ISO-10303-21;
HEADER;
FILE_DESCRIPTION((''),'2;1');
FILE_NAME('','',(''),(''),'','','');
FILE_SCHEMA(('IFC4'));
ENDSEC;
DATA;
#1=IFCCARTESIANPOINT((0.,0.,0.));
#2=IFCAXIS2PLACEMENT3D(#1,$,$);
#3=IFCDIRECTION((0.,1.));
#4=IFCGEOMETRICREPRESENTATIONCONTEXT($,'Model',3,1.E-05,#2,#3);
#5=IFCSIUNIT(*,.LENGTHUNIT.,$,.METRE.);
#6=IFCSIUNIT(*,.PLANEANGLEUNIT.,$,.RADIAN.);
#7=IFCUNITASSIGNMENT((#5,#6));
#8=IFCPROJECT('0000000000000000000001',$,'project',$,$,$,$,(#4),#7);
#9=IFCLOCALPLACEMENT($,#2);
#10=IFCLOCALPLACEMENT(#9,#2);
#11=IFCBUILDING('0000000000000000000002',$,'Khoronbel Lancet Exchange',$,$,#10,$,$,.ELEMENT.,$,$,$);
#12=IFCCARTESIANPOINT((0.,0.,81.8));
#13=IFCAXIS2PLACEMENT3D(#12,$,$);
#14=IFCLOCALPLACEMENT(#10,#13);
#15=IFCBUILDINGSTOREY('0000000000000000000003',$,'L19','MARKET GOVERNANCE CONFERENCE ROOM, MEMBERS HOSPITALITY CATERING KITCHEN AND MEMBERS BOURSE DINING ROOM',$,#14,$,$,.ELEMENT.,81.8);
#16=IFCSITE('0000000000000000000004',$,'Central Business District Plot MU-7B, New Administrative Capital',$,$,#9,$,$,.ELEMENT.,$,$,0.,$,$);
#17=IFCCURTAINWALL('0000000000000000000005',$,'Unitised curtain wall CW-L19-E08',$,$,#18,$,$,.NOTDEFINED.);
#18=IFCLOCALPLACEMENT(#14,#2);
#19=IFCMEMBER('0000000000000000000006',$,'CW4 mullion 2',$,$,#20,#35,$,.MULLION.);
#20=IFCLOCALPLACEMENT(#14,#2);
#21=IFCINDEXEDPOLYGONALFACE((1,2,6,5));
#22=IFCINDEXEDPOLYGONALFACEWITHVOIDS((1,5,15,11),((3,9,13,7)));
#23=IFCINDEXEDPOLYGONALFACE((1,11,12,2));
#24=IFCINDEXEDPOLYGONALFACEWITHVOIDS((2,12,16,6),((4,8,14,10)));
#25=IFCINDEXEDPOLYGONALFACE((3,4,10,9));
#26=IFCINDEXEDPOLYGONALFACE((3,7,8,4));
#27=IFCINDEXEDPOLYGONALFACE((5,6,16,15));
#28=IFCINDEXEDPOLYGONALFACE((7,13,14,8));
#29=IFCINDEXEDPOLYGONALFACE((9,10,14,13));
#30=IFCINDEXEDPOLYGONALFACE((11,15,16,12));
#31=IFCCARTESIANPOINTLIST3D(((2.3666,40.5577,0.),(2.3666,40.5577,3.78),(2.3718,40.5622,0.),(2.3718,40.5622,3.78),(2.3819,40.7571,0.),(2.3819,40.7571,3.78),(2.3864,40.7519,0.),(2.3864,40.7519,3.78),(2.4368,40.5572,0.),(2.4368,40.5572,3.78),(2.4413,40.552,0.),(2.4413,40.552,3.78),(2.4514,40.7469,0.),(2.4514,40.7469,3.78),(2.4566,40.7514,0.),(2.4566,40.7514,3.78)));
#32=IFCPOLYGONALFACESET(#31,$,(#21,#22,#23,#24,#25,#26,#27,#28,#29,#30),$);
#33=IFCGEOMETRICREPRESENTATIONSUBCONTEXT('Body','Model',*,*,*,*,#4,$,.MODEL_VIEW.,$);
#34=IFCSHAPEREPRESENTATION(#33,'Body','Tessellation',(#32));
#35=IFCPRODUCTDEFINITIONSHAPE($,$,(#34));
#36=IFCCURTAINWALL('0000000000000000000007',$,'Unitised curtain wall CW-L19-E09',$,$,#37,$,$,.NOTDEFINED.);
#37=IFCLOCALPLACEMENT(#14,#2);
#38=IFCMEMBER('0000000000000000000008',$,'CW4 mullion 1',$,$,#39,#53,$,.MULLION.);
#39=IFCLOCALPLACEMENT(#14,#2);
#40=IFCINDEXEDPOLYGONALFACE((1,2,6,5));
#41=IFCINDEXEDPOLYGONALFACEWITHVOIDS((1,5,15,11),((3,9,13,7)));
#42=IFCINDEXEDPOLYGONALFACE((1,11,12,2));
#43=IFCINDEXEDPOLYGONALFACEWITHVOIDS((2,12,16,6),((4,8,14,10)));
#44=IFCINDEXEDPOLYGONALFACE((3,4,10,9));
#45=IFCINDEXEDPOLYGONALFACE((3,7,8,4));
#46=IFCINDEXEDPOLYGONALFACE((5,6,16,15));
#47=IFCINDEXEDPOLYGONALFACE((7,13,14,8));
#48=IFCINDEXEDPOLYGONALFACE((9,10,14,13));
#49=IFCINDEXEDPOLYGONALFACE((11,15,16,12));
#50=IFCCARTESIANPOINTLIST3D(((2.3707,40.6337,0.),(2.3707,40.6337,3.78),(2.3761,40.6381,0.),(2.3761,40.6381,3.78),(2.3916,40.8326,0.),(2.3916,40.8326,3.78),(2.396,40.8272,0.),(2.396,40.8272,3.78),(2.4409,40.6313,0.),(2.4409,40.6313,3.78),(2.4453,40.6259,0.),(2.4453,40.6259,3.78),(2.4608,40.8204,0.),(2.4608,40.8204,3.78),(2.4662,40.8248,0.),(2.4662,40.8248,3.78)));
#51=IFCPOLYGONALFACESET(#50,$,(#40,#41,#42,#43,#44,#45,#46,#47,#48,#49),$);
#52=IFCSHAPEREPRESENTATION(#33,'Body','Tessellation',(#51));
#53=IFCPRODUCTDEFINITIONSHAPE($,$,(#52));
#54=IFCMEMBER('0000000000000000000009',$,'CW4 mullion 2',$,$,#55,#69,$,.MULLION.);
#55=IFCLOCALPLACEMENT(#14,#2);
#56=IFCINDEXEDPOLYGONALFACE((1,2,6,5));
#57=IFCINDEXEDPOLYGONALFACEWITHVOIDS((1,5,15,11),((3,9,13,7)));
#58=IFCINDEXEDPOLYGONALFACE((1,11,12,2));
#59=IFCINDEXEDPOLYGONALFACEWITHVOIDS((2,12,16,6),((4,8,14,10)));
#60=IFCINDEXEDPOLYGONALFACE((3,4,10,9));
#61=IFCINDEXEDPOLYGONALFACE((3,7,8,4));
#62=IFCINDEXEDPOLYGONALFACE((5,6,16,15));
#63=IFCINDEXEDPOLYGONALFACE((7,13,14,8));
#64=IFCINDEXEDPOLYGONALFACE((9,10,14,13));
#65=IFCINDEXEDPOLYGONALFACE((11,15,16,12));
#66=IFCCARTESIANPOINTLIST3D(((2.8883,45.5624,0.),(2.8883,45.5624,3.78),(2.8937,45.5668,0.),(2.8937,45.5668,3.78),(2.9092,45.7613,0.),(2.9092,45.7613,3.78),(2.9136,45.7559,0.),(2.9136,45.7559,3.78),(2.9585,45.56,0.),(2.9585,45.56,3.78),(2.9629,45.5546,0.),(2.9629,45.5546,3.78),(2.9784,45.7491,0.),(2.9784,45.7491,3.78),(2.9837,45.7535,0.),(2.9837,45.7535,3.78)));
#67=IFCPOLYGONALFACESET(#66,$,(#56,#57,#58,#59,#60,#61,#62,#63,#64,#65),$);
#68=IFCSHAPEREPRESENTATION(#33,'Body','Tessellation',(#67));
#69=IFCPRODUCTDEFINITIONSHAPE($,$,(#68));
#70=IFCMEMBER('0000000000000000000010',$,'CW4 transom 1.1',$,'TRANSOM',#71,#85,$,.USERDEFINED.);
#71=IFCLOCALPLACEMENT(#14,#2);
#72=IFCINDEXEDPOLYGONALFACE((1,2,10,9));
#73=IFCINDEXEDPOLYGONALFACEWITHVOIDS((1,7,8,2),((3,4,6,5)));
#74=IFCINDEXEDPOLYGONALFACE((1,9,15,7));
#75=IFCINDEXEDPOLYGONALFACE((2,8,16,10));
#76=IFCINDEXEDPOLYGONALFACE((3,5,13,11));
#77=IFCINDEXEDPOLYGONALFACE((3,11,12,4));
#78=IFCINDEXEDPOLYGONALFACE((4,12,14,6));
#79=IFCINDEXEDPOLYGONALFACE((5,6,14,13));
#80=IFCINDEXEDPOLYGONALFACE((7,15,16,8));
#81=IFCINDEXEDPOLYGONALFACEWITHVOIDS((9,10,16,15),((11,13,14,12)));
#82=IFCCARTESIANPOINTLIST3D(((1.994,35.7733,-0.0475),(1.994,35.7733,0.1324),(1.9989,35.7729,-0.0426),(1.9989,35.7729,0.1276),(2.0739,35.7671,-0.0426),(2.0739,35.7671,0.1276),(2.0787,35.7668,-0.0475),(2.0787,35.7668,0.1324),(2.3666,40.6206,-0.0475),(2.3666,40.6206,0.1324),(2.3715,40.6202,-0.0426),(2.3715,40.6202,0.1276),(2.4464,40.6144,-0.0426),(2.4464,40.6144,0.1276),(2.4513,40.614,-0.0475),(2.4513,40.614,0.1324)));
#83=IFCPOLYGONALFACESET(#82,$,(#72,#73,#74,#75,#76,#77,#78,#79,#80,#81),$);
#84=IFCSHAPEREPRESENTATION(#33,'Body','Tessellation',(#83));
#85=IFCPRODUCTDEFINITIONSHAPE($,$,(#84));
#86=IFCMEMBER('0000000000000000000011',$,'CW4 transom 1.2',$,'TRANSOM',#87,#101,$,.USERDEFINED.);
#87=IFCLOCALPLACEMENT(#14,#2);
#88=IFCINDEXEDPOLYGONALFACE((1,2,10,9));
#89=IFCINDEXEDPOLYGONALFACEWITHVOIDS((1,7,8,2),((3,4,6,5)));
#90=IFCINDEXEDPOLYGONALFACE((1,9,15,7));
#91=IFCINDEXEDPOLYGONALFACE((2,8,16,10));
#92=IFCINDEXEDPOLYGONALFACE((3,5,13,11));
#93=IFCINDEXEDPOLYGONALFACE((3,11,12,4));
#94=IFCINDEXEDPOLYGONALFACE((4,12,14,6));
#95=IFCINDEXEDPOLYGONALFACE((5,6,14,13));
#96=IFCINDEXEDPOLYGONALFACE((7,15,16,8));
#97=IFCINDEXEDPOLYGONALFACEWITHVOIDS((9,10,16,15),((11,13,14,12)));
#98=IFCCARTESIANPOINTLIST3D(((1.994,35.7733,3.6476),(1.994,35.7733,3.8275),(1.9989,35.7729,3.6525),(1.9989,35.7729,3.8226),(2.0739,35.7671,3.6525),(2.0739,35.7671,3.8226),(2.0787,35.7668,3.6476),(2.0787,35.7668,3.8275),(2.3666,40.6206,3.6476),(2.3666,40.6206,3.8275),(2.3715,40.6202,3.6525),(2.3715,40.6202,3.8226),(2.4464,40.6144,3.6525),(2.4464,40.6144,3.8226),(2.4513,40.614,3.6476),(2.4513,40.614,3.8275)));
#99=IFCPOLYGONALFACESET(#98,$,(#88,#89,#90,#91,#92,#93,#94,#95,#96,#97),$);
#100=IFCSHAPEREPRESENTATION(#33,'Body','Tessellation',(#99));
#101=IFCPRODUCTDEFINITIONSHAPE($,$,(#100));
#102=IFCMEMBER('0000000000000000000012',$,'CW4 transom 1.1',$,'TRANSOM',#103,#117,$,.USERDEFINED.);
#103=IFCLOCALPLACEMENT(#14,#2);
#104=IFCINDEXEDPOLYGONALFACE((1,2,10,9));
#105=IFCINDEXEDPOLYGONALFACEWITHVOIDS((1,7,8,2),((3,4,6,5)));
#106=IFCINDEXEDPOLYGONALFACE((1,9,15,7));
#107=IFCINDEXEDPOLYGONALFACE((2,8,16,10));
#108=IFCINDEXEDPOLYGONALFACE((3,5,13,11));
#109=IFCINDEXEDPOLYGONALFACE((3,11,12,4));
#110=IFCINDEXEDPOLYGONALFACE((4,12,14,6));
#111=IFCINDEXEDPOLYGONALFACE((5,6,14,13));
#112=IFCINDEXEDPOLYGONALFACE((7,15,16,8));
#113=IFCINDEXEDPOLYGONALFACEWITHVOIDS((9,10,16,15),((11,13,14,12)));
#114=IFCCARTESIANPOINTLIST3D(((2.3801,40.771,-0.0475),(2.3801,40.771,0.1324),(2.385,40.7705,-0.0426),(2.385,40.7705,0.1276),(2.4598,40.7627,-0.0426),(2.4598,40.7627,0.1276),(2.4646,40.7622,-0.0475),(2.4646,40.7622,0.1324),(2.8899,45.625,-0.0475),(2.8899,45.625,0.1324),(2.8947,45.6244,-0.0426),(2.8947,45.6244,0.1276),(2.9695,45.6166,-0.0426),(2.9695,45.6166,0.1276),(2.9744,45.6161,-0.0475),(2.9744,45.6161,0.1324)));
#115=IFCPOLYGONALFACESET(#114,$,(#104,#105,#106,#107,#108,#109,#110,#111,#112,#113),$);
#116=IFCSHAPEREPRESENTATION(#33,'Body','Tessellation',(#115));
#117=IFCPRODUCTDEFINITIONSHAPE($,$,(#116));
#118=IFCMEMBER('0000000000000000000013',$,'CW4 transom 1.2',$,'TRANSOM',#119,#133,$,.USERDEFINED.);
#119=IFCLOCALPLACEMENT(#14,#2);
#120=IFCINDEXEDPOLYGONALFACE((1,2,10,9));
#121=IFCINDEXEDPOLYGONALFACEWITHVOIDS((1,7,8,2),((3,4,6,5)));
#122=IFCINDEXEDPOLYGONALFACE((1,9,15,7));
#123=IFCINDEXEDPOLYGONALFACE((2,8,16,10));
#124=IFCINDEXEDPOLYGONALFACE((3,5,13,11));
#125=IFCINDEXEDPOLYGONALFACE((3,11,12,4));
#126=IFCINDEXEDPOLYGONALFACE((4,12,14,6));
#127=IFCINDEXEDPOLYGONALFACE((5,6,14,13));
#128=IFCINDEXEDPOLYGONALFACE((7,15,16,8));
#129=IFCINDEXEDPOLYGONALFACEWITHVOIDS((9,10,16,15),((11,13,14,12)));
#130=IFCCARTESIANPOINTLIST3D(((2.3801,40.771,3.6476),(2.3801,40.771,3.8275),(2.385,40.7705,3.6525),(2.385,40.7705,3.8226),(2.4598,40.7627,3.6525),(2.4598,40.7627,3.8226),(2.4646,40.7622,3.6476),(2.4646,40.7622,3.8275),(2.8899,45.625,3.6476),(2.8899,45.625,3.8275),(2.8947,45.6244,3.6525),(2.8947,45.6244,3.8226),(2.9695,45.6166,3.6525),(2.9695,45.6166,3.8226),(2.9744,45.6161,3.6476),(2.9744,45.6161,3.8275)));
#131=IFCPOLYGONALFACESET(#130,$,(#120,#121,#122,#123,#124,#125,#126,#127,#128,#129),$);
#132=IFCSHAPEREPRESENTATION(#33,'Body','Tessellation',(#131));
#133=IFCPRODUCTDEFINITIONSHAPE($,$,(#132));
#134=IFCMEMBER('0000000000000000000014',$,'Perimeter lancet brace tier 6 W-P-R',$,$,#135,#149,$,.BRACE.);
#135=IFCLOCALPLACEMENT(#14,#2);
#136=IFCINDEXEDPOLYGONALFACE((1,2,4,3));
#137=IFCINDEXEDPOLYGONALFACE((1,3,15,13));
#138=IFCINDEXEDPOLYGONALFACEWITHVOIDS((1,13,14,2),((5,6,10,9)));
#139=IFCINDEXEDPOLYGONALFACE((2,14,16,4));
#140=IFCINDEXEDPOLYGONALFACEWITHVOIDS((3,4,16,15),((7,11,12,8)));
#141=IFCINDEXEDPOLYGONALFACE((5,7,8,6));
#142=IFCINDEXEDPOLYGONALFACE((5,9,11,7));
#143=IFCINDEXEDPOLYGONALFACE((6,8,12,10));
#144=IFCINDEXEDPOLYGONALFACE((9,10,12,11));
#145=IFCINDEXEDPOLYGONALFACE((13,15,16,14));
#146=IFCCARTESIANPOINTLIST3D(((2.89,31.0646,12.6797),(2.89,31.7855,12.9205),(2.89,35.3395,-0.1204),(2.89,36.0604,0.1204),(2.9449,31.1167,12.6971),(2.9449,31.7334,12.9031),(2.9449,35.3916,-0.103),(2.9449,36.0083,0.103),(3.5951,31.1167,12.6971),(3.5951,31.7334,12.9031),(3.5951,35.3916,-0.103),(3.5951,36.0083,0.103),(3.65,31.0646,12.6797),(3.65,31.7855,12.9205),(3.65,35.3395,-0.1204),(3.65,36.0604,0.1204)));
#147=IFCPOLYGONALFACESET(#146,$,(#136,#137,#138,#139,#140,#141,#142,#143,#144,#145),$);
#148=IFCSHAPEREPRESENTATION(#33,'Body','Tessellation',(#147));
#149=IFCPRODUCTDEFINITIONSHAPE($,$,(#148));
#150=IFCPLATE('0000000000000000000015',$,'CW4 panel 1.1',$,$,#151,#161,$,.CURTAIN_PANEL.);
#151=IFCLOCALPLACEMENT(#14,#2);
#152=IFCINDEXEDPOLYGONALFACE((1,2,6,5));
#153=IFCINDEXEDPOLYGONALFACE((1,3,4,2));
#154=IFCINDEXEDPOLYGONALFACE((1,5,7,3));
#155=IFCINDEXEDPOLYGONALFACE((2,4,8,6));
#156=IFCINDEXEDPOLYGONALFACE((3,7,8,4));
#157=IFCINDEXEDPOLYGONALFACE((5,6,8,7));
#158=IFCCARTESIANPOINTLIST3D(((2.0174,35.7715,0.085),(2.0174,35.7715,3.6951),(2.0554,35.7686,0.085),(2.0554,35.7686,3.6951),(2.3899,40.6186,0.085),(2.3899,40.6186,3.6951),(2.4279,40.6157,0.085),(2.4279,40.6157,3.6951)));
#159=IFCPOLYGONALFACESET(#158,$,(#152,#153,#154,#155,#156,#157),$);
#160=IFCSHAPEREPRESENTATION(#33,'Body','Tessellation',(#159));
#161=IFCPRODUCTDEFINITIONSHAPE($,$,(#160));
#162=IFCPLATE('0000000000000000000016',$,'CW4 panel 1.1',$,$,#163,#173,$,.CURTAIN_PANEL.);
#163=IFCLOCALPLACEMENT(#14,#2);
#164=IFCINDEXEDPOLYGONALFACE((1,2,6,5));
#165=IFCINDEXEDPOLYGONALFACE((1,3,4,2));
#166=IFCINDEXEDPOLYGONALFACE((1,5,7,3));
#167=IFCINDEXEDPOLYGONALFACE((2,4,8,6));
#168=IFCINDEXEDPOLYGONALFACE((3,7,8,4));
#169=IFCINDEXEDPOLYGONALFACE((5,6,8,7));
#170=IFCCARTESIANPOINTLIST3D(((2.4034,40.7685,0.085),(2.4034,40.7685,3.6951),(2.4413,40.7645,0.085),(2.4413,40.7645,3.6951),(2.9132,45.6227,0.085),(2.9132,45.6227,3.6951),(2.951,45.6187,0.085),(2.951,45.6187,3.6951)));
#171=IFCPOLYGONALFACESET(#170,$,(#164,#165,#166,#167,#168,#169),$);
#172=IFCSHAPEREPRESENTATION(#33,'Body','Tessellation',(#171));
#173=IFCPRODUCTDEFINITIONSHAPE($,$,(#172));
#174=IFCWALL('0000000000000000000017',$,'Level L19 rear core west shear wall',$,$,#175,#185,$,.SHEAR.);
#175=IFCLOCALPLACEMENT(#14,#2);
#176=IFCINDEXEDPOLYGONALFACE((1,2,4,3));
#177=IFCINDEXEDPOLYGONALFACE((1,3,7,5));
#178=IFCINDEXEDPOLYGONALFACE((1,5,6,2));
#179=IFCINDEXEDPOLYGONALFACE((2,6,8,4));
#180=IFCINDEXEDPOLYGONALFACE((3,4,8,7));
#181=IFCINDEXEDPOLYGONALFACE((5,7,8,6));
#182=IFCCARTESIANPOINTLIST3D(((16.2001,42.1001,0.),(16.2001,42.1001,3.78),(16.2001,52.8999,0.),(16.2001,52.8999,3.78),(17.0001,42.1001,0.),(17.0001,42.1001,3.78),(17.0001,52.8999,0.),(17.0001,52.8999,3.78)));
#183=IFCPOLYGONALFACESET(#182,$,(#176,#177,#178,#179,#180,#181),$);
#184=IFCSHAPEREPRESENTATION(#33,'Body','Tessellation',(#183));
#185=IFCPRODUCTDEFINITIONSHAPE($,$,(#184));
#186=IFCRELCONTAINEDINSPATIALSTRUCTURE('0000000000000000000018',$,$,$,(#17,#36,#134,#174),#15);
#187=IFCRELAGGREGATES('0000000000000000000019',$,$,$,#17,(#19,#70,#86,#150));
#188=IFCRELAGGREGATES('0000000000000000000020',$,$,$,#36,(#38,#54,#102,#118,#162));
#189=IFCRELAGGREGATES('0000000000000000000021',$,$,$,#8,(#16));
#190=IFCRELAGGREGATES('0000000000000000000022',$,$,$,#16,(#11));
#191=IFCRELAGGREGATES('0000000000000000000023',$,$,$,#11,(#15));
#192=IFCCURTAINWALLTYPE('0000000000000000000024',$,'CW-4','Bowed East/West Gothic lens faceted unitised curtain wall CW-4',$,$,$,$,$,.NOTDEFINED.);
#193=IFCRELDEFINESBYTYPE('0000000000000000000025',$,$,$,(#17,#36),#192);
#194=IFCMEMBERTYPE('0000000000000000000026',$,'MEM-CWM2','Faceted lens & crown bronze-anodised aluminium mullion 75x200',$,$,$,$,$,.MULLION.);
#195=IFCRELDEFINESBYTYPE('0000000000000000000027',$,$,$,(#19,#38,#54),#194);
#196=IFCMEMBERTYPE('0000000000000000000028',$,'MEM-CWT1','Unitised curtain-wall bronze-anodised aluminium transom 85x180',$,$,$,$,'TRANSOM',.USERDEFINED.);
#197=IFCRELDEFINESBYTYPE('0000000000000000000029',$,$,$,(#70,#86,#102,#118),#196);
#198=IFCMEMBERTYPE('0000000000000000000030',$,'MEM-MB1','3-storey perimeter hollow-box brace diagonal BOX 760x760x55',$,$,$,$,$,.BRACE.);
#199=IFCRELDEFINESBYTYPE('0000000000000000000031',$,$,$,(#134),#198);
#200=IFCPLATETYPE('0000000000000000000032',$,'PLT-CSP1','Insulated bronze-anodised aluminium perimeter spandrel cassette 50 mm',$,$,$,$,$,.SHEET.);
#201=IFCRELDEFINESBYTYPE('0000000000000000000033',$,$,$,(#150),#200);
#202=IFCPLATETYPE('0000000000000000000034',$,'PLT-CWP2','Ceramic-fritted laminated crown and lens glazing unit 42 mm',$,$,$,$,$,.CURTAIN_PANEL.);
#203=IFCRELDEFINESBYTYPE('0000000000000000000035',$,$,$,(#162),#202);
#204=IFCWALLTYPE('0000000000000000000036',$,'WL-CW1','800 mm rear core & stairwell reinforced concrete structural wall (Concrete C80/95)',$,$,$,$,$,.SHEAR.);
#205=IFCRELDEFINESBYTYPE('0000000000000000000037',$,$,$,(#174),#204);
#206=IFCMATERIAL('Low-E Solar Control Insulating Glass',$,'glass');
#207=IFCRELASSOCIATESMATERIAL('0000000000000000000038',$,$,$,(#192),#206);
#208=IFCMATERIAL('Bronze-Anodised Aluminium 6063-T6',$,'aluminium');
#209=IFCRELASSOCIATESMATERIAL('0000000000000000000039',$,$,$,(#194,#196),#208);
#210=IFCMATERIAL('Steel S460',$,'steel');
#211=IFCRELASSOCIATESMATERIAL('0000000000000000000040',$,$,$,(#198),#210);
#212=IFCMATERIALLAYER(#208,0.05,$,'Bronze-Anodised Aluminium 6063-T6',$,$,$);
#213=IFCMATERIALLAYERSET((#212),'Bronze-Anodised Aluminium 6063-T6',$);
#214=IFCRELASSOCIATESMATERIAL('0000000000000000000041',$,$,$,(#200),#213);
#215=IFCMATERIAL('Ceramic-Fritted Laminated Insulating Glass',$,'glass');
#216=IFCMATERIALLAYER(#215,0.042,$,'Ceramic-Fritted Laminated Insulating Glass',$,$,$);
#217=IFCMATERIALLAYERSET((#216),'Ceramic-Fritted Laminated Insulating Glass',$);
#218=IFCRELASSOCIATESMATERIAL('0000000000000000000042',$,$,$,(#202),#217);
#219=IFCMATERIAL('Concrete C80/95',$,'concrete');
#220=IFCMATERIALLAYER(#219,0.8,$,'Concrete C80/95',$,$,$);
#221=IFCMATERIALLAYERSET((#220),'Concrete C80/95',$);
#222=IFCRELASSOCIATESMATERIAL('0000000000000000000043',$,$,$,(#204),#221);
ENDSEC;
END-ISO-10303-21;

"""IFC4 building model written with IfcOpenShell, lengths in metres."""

from ifc_helpers import new_model, si_unit, direction, frame, frame_2d, origin, origin_2d, place, context, subcontext, project, spatial, rectangle, hollow_rectangle, extrude, material, layer, layer_set, material_profile, profile_set, type_object, element, aggregate, save


model = new_model("IFC4")

# Units and contexts
model_context = context("Model", 3, precision=1e-05, world=origin(), true_north=direction((0.0, 1.0)))
body_context = subcontext(model_context, "Body", "Model", "MODEL_VIEW")
ifc_project = project(units=[si_unit("LENGTHUNIT", "METRE"), si_unit("PLANEANGLEUNIT", "RADIAN")], contexts=[model_context])

# Site, building, storey
site_placement = place(None, origin())
site = spatial("IfcSite", under=ifc_project, at=site_placement, Name="Central Business District Plot MU-7B, New Administrative Capital", CompositionType="ELEMENT", RefElevation=0.0)
building_placement = place(site_placement, origin())
building = spatial("IfcBuilding", under=site, at=building_placement, Name="Khoronbel Lancet Exchange", CompositionType="ELEMENT")
storey_placement = place(building_placement, frame((0.0, 0.0, 81.8)))
storey = spatial("IfcBuildingStorey", under=building, at=storey_placement, Name="L19", Description="MARKET GOVERNANCE CONFERENCE ROOM, MEMBERS HOSPITALITY CATERING KITCHEN AND MEMBERS BOURSE DINING ROOM", CompositionType="ELEMENT", Elevation=81.8)

# Shared definitions
ifc_material_1 = material(Name="Steel S460", Category="steel")

# Shared definitions
ifc_material_2 = material(Name="Low-E Solar Control Insulating Glass", Category="glass")
curtain_wall_type = type_object("IfcCurtainWallType", Name="CW-4", Description="Bowed East/West Gothic lens faceted unitised curtain wall CW-4", PredefinedType="NOTDEFINED", material=ifc_material_2)
ifc_material_3 = material(Name="Bronze-Anodised Aluminium 6063-T6", Category="aluminium")
ifc_material_profile_1 = material_profile(ifc_material_3, hollow_rectangle(XDim=0.075, YDim=0.2, WallThickness=0.0049, at=origin_2d()), Name="ALU MULLION 75x200")
ifc_profile_set_1 = profile_set([ifc_material_profile_1], Name="Bronze-Anodised Aluminium 6063-T6")
member_type_1 = type_object("IfcMemberType", Name="MEM-CWM2", Description="Faceted lens & crown bronze-anodised aluminium mullion 75x200", PredefinedType="MULLION", material=ifc_profile_set_1)

# Curtain walls, members
curtain_wall_1_placement = place(storey_placement, origin())
curtain_wall_1 = element("IfcCurtainWall", 1, at=curtain_wall_1_placement, inside=storey, type_object=curtain_wall_type, Name="Unitised curtain wall CW-L19-E08", PredefinedType="NOTDEFINED")
member_1_placement = place(storey_placement, frame((2.4116, 40.6545, 0.0), z_axis=(0.0, 0.0, 1.0), x_axis=(-0.99706, 0.076626, 0.0)))
member_1 = element("IfcMember", 2, at=member_1_placement, type_object=member_type_1, Name="CW4 mullion 2", PredefinedType="MULLION", context=body_context, shape_type="SweptSolid", body=[
    extrude(hollow_rectangle(XDim=0.075, YDim=0.2, WallThickness=0.0049, at=origin_2d()), origin(), (0.0, 0.0, 1.0), 3.78),
])
curtain_wall_2_placement = place(storey_placement, origin())
curtain_wall_2 = element("IfcCurtainWall", 3, at=curtain_wall_2_placement, inside=storey, type_object=curtain_wall_type, Name="Unitised curtain wall CW-L19-E09", PredefinedType="NOTDEFINED")
member_2_placement = place(storey_placement, frame((2.4185, 40.7292, 0.0), z_axis=(0.0, 0.0, 1.0), x_axis=(-0.994532, 0.104434, 0.0)))
member_2 = element("IfcMember", 4, at=member_2_placement, type_object=member_type_1, Name="CW4 mullion 1", PredefinedType="MULLION", context=body_context, shape_type="SweptSolid", body=[
    extrude(hollow_rectangle(XDim=0.075, YDim=0.2, WallThickness=0.0049, at=origin_2d()), origin(), (0.0, 0.0, 1.0), 3.78),
])
member_3_placement = place(storey_placement, frame((2.936, 45.658, 0.0), z_axis=(0.0, 0.0, 1.0), x_axis=(-0.994532, 0.104434, 0.0)))
member_3 = element("IfcMember", 5, at=member_3_placement, type_object=member_type_1, Name="CW4 mullion 2", PredefinedType="MULLION", context=body_context, shape_type="SweptSolid", body=[
    extrude(hollow_rectangle(XDim=0.075, YDim=0.2, WallThickness=0.0049, at=origin_2d()), origin(), (0.0, 0.0, 1.0), 3.78),
])

# Members
ifc_material_profile_2 = material_profile(ifc_material_3, hollow_rectangle(XDim=0.085, YDim=0.1799, WallThickness=0.0049, at=origin_2d()), Name="ALU TRANSOM 85x180")
ifc_profile_set_2 = profile_set([ifc_material_profile_2], Name="Bronze-Anodised Aluminium 6063-T6")
member_type_2 = type_object("IfcMemberType", Name="MEM-CWT1", Description="Unitised curtain-wall bronze-anodised aluminium transom 85x180", ElementType="TRANSOM", PredefinedType="USERDEFINED", material=ifc_profile_set_2)
member_4_placement = place(storey_placement, frame((2.0364, 35.77, 0.0425), z_axis=(0.076635, 0.997059, 0.0), x_axis=(-0.997059, 0.076635, 0.0)))
member_4 = element("IfcMember", 6, at=member_4_placement, type_object=member_type_2, Name="CW4 transom 1.1", ObjectType="TRANSOM", PredefinedType="USERDEFINED", context=body_context, shape_type="SweptSolid", body=[
    extrude(hollow_rectangle(XDim=0.085, YDim=0.1799, WallThickness=0.0049, at=origin_2d()), origin(), (0.0, 0.0, 1.0), 4.8616),
])
member_5_placement = place(storey_placement, frame((2.0364, 35.77, 3.7375), z_axis=(0.076635, 0.997059, 0.0), x_axis=(-0.997059, 0.076635, 0.0)))
member_5 = element("IfcMember", 7, at=member_5_placement, type_object=member_type_2, Name="CW4 transom 1.2", ObjectType="TRANSOM", PredefinedType="USERDEFINED", context=body_context, shape_type="SweptSolid", body=[
    extrude(hollow_rectangle(XDim=0.085, YDim=0.1799, WallThickness=0.0049, at=origin_2d()), origin(), (0.0, 0.0, 1.0), 4.8616),
])
member_6_placement = place(storey_placement, frame((2.4224, 40.7666, 0.0425), z_axis=(0.104445, 0.994531, 0.0), x_axis=(-0.994531, 0.104445, 0.0)))
member_6 = element("IfcMember", 8, at=member_6_placement, type_object=member_type_2, Name="CW4 transom 1.1", ObjectType="TRANSOM", PredefinedType="USERDEFINED", context=body_context, shape_type="SweptSolid", body=[
    extrude(hollow_rectangle(XDim=0.085, YDim=0.1799, WallThickness=0.0049, at=origin_2d()), origin(), (0.0, 0.0, 1.0), 4.8806),
])
member_7_placement = place(storey_placement, frame((2.4224, 40.7666, 3.7375), z_axis=(0.104445, 0.994531, 0.0), x_axis=(-0.994531, 0.104445, 0.0)))
member_7 = element("IfcMember", 9, at=member_7_placement, type_object=member_type_2, Name="CW4 transom 1.2", ObjectType="TRANSOM", PredefinedType="USERDEFINED", context=body_context, shape_type="SweptSolid", body=[
    extrude(hollow_rectangle(XDim=0.085, YDim=0.1799, WallThickness=0.0049, at=origin_2d()), origin(), (0.0, 0.0, 1.0), 4.8806),
])
ifc_material_profile_3 = material_profile(ifc_material_1, hollow_rectangle(XDim=0.76, YDim=0.76, WallThickness=0.0549, at=origin_2d()), Name="BOX 760x760x55")
ifc_profile_set_3 = profile_set([ifc_material_profile_3], Name="Steel S460")
member_type_3 = type_object("IfcMemberType", Name="MEM-MB1", Description="3-storey perimeter hollow-box brace diagonal BOX 760x760x55", PredefinedType="BRACE", material=ifc_profile_set_3)
member_8_placement = place(storey_placement, frame((3.27, 35.7, 0.0), z_axis=(0.0, -0.316776, 0.9485), x_axis=(1.0, 0.0, 0.0)))
element("IfcMember", 10, at=member_8_placement, inside=storey, type_object=member_type_3, Name="Perimeter lancet brace tier 6 W-P-R", PredefinedType="BRACE", context=body_context, shape_type="SweptSolid", body=[
    extrude(hollow_rectangle(XDim=0.76, YDim=0.76, WallThickness=0.0549, at=origin_2d()), origin(), (0.0, 0.0, 1.0), 13.4951),
])

# Plates
ifc_layer_1 = layer(ifc_material_3, 0.05, Name="Bronze-Anodised Aluminium 6063-T6")
ifc_layer_set_1 = layer_set([ifc_layer_1], Name="Bronze-Anodised Aluminium 6063-T6")
plate_type_1 = type_object("IfcPlateType", Name="PLT-CSP1", Description="Insulated bronze-anodised aluminium perimeter spandrel cassette 50 mm", PredefinedType="SHEET", material=ifc_layer_set_1)
plate_1_placement = place(storey_placement, frame((2.2227, 38.1936, 0.085), z_axis=(0.0, 0.0, 1.0), x_axis=(0.076626, 0.99706, 0.0)))
plate_1 = element("IfcPlate", 11, at=plate_1_placement, type_object=plate_type_1, Name="CW4 panel 1.1", PredefinedType="CURTAIN_PANEL", context=body_context, shape_type="SweptSolid", body=[
    extrude(rectangle(XDim=4.8613, YDim=0.0381, at=origin_2d()), origin(), (0.0, 0.0, 1.0), 3.6101),
])
aggregate(curtain_wall_1, [member_1, member_4, member_5, plate_1])
ifc_material_4 = material(Name="Ceramic-Fritted Laminated Insulating Glass", Category="glass")
ifc_layer_2 = layer(ifc_material_4, 0.042, Name="Ceramic-Fritted Laminated Insulating Glass")
ifc_layer_set_2 = layer_set([ifc_layer_2], Name="Ceramic-Fritted Laminated Insulating Glass")
plate_type_2 = type_object("IfcPlateType", Name="PLT-CWP2", Description="Ceramic-fritted laminated crown and lens glazing unit 42 mm", PredefinedType="CURTAIN_PANEL", material=ifc_layer_set_2)
plate_2_placement = place(storey_placement, frame((2.6772, 43.1936, 0.085), z_axis=(0.0, 0.0, 1.0), x_axis=(0.104434, 0.994532, 0.0)))
plate_2 = element("IfcPlate", 12, at=plate_2_placement, type_object=plate_type_2, Name="CW4 panel 1.1", PredefinedType="CURTAIN_PANEL", context=body_context, shape_type="SweptSolid", body=[
    extrude(rectangle(XDim=4.8809, YDim=0.0381, at=origin_2d()), origin(), (0.0, 0.0, 1.0), 3.6101),
])
aggregate(curtain_wall_2, [member_2, member_3, member_6, member_7, plate_2])

# Wall
ifc_material_5 = material(Name="Concrete C80/95", Category="concrete")
ifc_layer_3 = layer(ifc_material_5, 0.8, Name="Concrete C80/95")
ifc_layer_set_3 = layer_set([ifc_layer_3], Name="Concrete C80/95")
wall_type_1 = type_object("IfcWallType", Name="WL-CW1", Description="800 mm rear core & stairwell reinforced concrete structural wall (Concrete C80/95)", PredefinedType="SHEAR", material=ifc_layer_set_3)
wall_1_placement = place(storey_placement, frame((16.6001, 42.1001, 0.0), z_axis=(0.0, 0.0, 1.0), x_axis=(0.0, 1.0, 0.0)))
element("IfcWall", 13, at=wall_1_placement, inside=storey, type_object=wall_type_1, Name="Level L19 rear core west shear wall", PredefinedType="SHEAR", context=body_context, shape_type="SweptSolid", body=[
    extrude(rectangle(XDim=10.7998, YDim=0.8, at=frame_2d((5.3999, 0.0))), origin(), (0.0, 0.0, 1.0), 3.78),
])

save(model, "model.ifc")
